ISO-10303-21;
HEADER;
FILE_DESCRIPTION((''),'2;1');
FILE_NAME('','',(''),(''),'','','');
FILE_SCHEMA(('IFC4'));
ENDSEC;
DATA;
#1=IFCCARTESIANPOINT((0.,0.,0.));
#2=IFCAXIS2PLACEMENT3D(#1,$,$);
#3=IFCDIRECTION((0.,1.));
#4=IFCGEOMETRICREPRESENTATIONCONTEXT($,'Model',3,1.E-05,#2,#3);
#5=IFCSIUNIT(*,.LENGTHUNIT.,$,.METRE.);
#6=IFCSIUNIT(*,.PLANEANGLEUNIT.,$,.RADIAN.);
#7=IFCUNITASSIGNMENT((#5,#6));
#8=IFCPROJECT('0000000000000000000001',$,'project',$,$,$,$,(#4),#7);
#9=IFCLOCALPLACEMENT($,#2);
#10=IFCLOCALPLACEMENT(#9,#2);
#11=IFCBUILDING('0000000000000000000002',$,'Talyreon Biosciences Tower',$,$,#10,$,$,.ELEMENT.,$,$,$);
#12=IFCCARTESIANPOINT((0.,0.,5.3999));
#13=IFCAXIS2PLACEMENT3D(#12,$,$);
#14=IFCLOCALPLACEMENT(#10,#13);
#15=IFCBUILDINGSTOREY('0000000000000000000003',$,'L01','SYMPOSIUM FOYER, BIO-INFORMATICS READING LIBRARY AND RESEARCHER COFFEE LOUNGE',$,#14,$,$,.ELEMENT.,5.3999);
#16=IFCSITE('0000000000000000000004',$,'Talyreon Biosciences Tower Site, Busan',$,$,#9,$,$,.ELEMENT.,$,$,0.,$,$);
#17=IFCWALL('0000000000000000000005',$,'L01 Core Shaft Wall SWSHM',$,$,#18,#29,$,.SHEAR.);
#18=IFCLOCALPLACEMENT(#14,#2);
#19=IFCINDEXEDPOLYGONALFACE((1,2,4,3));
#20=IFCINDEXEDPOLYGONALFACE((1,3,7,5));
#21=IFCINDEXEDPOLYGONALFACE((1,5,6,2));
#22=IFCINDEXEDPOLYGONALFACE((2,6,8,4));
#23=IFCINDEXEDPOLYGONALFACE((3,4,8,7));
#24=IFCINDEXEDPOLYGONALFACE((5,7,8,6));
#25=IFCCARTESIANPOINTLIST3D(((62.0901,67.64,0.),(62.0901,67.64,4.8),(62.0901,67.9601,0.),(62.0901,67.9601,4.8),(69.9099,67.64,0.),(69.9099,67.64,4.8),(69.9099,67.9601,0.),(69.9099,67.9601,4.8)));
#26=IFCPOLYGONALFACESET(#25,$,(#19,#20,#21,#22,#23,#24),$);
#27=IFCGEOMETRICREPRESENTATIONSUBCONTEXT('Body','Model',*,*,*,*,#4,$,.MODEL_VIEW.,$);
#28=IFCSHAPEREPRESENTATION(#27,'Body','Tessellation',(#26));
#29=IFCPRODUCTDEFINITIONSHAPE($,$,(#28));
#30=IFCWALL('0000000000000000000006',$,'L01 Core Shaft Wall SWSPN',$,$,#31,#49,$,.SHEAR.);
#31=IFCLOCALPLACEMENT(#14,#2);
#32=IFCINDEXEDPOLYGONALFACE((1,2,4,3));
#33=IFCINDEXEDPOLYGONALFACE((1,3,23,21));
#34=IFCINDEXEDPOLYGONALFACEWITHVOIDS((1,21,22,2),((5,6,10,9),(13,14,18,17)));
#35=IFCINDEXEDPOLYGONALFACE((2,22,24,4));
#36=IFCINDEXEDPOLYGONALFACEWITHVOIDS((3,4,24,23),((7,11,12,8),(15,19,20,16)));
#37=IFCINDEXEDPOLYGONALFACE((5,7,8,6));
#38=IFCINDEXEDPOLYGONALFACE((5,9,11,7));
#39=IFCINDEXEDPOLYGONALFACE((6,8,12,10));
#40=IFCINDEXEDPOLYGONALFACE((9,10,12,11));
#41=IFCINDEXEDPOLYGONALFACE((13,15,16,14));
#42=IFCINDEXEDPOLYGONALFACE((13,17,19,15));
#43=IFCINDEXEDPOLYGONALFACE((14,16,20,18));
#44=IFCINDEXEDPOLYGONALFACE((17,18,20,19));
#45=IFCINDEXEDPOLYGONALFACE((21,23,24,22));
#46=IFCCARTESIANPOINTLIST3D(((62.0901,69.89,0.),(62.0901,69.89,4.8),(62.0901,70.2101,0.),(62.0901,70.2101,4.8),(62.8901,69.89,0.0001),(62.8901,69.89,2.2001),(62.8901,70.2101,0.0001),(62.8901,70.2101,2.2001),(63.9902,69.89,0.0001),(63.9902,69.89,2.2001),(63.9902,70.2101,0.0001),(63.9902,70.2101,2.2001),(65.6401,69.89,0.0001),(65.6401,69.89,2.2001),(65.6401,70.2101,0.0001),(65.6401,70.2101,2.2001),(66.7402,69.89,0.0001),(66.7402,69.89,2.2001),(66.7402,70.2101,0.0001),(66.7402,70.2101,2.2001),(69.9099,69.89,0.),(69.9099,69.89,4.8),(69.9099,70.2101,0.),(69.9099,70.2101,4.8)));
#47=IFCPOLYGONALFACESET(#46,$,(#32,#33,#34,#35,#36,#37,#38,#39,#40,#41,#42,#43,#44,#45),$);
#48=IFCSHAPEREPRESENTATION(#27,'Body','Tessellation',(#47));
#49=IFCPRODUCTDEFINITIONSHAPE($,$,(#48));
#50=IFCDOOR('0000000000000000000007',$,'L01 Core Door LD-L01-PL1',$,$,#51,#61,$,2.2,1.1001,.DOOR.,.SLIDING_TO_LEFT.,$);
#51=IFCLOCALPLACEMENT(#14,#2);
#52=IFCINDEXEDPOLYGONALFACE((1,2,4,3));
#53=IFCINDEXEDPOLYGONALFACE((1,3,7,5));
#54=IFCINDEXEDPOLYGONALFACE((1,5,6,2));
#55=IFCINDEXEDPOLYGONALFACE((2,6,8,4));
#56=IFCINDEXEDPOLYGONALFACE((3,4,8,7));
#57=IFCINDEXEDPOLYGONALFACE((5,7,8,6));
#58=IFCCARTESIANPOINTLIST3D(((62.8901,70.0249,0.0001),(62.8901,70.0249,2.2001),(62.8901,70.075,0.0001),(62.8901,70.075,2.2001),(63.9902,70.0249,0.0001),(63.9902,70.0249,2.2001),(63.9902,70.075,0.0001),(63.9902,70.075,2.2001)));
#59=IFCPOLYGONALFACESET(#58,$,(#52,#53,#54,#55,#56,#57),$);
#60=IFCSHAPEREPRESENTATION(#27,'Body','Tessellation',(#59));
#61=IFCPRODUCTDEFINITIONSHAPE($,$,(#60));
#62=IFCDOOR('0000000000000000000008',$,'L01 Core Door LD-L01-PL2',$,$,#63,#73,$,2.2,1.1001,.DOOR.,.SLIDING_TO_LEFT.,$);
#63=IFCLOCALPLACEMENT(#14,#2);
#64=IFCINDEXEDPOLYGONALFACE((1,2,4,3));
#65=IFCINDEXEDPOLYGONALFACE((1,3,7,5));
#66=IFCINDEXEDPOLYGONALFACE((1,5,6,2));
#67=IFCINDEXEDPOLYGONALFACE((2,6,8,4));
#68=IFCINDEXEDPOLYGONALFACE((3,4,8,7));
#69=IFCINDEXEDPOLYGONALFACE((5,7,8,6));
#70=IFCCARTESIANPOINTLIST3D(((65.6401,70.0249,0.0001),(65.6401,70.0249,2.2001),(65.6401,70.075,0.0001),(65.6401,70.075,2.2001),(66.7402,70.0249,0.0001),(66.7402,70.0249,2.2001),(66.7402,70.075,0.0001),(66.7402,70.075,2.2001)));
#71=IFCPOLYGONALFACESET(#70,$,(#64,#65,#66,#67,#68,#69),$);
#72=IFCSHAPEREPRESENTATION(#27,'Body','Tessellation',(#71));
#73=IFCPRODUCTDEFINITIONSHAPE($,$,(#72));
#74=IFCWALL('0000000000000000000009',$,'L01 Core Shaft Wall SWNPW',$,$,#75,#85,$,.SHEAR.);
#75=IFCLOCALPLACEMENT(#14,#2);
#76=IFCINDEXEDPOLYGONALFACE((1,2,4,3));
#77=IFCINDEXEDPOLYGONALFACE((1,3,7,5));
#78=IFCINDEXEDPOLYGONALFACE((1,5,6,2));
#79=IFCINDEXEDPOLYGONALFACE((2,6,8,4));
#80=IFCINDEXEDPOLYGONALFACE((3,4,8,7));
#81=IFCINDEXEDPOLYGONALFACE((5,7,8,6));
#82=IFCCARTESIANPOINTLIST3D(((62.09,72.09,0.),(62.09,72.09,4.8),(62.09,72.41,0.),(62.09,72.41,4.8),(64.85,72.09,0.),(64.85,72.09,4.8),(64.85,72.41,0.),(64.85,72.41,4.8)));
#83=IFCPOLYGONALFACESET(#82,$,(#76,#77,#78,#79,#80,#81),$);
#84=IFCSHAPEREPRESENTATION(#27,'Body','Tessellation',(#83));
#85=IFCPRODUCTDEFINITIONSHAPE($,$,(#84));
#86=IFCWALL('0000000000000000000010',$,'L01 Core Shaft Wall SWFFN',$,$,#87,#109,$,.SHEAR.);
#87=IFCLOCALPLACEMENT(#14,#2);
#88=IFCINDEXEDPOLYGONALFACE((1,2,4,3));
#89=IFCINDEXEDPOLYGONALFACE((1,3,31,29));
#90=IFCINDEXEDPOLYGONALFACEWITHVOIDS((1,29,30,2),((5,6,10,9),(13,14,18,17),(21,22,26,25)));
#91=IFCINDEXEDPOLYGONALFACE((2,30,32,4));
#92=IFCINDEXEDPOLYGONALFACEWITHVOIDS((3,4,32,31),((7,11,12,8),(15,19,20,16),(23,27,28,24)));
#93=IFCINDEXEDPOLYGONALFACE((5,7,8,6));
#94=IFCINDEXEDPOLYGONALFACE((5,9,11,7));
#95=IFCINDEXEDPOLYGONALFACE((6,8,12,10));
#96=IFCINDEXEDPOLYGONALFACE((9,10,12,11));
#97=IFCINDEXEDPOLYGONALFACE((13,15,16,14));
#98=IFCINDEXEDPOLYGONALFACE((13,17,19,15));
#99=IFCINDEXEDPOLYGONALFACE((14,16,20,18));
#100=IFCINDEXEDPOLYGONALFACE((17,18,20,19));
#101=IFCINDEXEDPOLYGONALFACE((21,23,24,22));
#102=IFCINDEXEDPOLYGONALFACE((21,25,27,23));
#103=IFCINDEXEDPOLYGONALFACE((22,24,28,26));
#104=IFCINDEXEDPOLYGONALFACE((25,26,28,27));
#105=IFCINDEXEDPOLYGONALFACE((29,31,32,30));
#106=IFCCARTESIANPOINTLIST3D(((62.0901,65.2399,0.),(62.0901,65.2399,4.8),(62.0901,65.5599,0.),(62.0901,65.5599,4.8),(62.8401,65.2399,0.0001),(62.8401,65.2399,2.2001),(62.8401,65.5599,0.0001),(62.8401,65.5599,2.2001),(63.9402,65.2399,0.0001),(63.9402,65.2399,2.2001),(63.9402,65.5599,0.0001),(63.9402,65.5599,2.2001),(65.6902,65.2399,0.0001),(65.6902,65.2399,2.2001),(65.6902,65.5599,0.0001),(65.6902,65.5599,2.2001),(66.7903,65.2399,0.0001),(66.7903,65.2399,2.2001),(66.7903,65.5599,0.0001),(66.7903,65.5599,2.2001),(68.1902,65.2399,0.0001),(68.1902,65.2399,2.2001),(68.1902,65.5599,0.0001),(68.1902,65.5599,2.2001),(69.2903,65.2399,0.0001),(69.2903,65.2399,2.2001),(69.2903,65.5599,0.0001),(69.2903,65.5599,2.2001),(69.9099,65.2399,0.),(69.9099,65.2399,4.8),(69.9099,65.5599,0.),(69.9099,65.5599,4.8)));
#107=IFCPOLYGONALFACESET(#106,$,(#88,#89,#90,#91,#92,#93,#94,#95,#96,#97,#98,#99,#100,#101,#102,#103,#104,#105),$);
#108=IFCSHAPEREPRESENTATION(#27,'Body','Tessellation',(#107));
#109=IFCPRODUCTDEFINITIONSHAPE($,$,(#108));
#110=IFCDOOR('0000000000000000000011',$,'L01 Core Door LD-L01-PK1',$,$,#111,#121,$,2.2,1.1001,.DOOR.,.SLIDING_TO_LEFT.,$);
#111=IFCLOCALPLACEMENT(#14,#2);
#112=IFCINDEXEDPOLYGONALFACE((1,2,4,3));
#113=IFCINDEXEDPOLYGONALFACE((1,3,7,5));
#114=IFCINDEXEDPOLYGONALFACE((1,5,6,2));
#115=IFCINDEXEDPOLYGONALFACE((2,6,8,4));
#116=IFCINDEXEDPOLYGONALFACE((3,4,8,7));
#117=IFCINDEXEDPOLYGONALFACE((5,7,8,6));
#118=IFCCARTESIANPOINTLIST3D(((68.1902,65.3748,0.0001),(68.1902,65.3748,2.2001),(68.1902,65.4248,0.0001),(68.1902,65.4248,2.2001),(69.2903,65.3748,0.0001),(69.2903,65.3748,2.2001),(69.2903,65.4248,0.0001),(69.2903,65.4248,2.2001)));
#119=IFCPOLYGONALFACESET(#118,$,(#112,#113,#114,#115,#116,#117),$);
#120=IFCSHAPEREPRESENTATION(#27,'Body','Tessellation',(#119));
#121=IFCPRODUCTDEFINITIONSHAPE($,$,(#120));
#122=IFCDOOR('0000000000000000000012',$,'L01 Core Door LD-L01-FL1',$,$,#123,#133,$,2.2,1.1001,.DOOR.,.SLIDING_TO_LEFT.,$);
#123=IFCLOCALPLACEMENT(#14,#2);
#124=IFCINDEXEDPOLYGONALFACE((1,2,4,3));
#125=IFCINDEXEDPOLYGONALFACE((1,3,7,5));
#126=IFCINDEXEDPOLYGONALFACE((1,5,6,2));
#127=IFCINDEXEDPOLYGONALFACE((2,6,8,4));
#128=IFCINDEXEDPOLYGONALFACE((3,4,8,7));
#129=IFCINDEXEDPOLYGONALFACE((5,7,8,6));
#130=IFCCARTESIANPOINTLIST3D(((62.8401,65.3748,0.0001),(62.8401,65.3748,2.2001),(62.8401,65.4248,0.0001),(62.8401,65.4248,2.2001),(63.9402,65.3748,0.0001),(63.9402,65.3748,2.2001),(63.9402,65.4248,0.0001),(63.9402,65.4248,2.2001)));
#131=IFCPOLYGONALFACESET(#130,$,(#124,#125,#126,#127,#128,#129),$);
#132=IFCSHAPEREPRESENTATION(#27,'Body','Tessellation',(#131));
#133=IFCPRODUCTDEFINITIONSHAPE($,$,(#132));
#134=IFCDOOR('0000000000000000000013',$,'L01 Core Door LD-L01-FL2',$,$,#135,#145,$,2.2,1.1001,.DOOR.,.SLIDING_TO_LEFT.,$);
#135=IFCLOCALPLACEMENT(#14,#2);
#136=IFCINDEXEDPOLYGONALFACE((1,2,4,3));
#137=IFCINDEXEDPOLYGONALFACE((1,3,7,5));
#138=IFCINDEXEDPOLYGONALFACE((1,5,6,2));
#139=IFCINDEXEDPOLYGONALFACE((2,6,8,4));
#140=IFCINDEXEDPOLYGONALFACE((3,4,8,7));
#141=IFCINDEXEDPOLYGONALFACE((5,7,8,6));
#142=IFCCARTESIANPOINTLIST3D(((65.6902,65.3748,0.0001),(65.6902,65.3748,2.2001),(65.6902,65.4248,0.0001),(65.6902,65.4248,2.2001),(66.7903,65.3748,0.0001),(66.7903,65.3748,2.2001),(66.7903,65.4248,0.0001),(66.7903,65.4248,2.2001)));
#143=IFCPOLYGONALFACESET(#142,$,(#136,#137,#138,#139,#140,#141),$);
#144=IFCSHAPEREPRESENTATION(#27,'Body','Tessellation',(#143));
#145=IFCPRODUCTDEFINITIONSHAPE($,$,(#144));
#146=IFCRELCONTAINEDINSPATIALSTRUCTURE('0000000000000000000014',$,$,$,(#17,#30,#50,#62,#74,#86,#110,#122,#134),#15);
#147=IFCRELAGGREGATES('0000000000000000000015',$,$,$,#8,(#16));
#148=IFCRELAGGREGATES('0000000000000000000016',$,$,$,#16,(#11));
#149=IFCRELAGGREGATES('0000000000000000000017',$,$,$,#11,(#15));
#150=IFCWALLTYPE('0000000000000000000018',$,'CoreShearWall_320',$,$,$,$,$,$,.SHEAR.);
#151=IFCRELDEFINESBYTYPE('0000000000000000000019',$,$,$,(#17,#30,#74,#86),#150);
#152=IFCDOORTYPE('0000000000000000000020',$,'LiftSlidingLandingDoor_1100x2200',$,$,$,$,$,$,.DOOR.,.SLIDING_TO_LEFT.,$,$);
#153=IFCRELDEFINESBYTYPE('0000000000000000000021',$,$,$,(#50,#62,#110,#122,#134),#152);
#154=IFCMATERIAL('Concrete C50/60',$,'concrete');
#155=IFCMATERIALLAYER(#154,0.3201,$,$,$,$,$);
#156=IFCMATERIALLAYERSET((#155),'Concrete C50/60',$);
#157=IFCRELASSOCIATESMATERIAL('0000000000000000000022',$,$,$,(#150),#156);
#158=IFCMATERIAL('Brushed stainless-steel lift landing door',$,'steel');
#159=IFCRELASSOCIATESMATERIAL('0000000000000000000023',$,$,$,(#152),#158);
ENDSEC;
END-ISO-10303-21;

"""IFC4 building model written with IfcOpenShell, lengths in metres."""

from ifc_helpers import new_model, si_unit, direction, frame, frame_2d, origin, place, context, subcontext, project, spatial, rectangle, extrude, material, layer, layer_set, type_object, element, fill, save


model = new_model("IFC4")

# Units and contexts
model_context = context("Model", 3, precision=1e-05, world=origin(), true_north=direction((0.0, 1.0)))
body_context = subcontext(model_context, "Body", "Model", "MODEL_VIEW")
ifc_project = project(units=[si_unit("LENGTHUNIT", "METRE"), si_unit("PLANEANGLEUNIT", "RADIAN")], contexts=[model_context])

# Site, building, storey
site_placement = place(None, origin())
site = spatial("IfcSite", under=ifc_project, at=site_placement, Name="Talyreon Biosciences Tower Site, Busan", CompositionType="ELEMENT", RefElevation=0.0)
building_placement = place(site_placement, origin())
building = spatial("IfcBuilding", under=site, at=building_placement, Name="Talyreon Biosciences Tower", CompositionType="ELEMENT")
storey_placement = place(building_placement, frame((0.0, 0.0, 5.3999)))
storey = spatial("IfcBuildingStorey", under=building, at=storey_placement, Name="L01", Description="SYMPOSIUM FOYER, BIO-INFORMATICS READING LIBRARY AND RESEARCHER COFFEE LOUNGE", CompositionType="ELEMENT", Elevation=5.3999)

# Shared definitions
ifc_material_1 = material(Name="Concrete C50/60", Category="concrete")

# Shared definitions
ifc_layer_1 = layer(ifc_material_1, 0.3201)
ifc_layer_set_1 = layer_set([ifc_layer_1], Name="Concrete C50/60")
wall_type_1 = type_object("IfcWallType", Name="CoreShearWall_320", PredefinedType="SHEAR", material=ifc_layer_set_1)

# Wall
wall_1_placement = place(storey_placement, frame((62.0901, 67.8, 0.0), z_axis=(0.0, 0.0, 1.0), x_axis=(1.0, 0.0, 0.0)))
element("IfcWall", 1, at=wall_1_placement, inside=storey, type_object=wall_type_1, Name="L01 Core Shaft Wall SWSHM", PredefinedType="SHEAR", context=body_context, shape_type="SweptSolid", body=[
    extrude(rectangle(XDim=7.8198, YDim=0.3201, at=frame_2d((3.9099, 0.0))), origin(), (0.0, 0.0, 1.0), 4.8),
])

# Wall, openings, doors
wall_2_placement = place(storey_placement, frame((62.0901, 70.05, 0.0), z_axis=(0.0, 0.0, 1.0), x_axis=(1.0, 0.0, 0.0)))
wall_2 = element("IfcWall", 2, at=wall_2_placement, inside=storey, type_object=wall_type_1, Name="L01 Core Shaft Wall SWSPN", PredefinedType="SHEAR", context=body_context, shape_type="SweptSolid", body=[
    extrude(rectangle(XDim=7.8198, YDim=0.3201, at=frame_2d((3.9099, 0.0))), origin(), (0.0, 0.0, 1.0), 4.8),
])
opening_1_placement = place(wall_2_placement, frame((0.8, 0.0, 0.0)))
opening_1 = element("IfcOpeningElement", 3, at=opening_1_placement, cuts=wall_2, PredefinedType="OPENING", context=body_context, shape_type="SweptSolid", body=[
    extrude(rectangle(XDim=1.1001, YDim=2.2, at=frame_2d((0.55, 1.1001))), frame((0.0, 0.1699, 0.0), z_axis=(0.0, -1.0, 0.0), x_axis=(1.0, 0.0, 0.0)), (0.0, 0.0, 1.0), 0.3401),
])
opening_2_placement = place(wall_2_placement, frame((3.55, 0.0, 0.0)))
opening_2 = element("IfcOpeningElement", 4, at=opening_2_placement, cuts=wall_2, PredefinedType="OPENING", context=body_context, shape_type="SweptSolid", body=[
    extrude(rectangle(XDim=1.1001, YDim=2.2, at=frame_2d((0.55, 1.1001))), frame((0.0, 0.1699, 0.0), z_axis=(0.0, -1.0, 0.0), x_axis=(1.0, 0.0, 0.0)), (0.0, 0.0, 1.0), 0.3401),
])
ifc_material_2 = material(Name="Brushed stainless-steel lift landing door", Category="steel")
door_type_1 = type_object("IfcDoorType", Name="LiftSlidingLandingDoor_1100x2200", OperationType="SLIDING_TO_LEFT", PredefinedType="DOOR", material=ifc_material_2)
door_1_placement = place(opening_1_placement, origin())
door_1 = element("IfcDoor", 5, at=door_1_placement, inside=storey, type_object=door_type_1, Name="L01 Core Door LD-L01-PL1", OperationType="SLIDING_TO_LEFT", OverallHeight=2.2, OverallWidth=1.1001, PredefinedType="DOOR", context=body_context, shape_type="SweptSolid", body=[
    extrude(rectangle(XDim=1.1001, YDim=2.2, at=frame_2d((0.55, 1.1001))), frame((0.0, 0.0249, 0.0), z_axis=(0.0, -1.0, 0.0), x_axis=(1.0, 0.0, 0.0)), (0.0, 0.0, 1.0), 0.05),
])
fill(opening_1, door_1)
door_2_placement = place(opening_2_placement, origin())
door_2 = element("IfcDoor", 6, at=door_2_placement, inside=storey, type_object=door_type_1, Name="L01 Core Door LD-L01-PL2", OperationType="SLIDING_TO_LEFT", OverallHeight=2.2, OverallWidth=1.1001, PredefinedType="DOOR", context=body_context, shape_type="SweptSolid", body=[
    extrude(rectangle(XDim=1.1001, YDim=2.2, at=frame_2d((0.55, 1.1001))), frame((0.0, 0.0249, 0.0), z_axis=(0.0, -1.0, 0.0), x_axis=(1.0, 0.0, 0.0)), (0.0, 0.0, 1.0), 0.05),
])
fill(opening_2, door_2)

# Wall
wall_3_placement = place(storey_placement, frame((62.0901, 72.25, 0.0), z_axis=(0.0, 0.0, 1.0), x_axis=(1.0, 0.0, 0.0)))
element("IfcWall", 7, at=wall_3_placement, inside=storey, type_object=wall_type_1, Name="L01 Core Shaft Wall SWNPW", PredefinedType="SHEAR", context=body_context, shape_type="SweptSolid", body=[
    extrude(rectangle(XDim=2.76, YDim=0.3201, at=frame_2d((1.3799, 0.0))), origin(), (0.0, 0.0, 1.0), 4.8),
])

# Wall, openings, doors
wall_4_placement = place(storey_placement, frame((62.0901, 65.3999, 0.0), z_axis=(0.0, 0.0, 1.0), x_axis=(1.0, 0.0, 0.0)))
wall_4 = element("IfcWall", 8, at=wall_4_placement, inside=storey, type_object=wall_type_1, Name="L01 Core Shaft Wall SWFFN", PredefinedType="SHEAR", context=body_context, shape_type="SweptSolid", body=[
    extrude(rectangle(XDim=7.8198, YDim=0.3201, at=frame_2d((3.9099, 0.0))), origin(), (0.0, 0.0, 1.0), 4.8),
])
opening_3_placement = place(wall_4_placement, frame((6.1001, 0.0, 0.0)))
opening_3 = element("IfcOpeningElement", 9, at=opening_3_placement, cuts=wall_4, PredefinedType="OPENING", context=body_context, shape_type="SweptSolid", body=[
    extrude(rectangle(XDim=1.1001, YDim=2.2, at=frame_2d((0.55, 1.1001))), frame((0.0, 0.1699, 0.0), z_axis=(0.0, -1.0, 0.0), x_axis=(1.0, 0.0, 0.0)), (0.0, 0.0, 1.0), 0.3401),
])
opening_4_placement = place(wall_4_placement, frame((0.75, 0.0, 0.0)))
opening_4 = element("IfcOpeningElement", 10, at=opening_4_placement, cuts=wall_4, PredefinedType="OPENING", context=body_context, shape_type="SweptSolid", body=[
    extrude(rectangle(XDim=1.1001, YDim=2.2, at=frame_2d((0.55, 1.1001))), frame((0.0, 0.1699, 0.0), z_axis=(0.0, -1.0, 0.0), x_axis=(1.0, 0.0, 0.0)), (0.0, 0.0, 1.0), 0.3401),
])
opening_5_placement = place(wall_4_placement, frame((3.6001, 0.0, 0.0)))
opening_5 = element("IfcOpeningElement", 11, at=opening_5_placement, cuts=wall_4, PredefinedType="OPENING", context=body_context, shape_type="SweptSolid", body=[
    extrude(rectangle(XDim=1.1001, YDim=2.2, at=frame_2d((0.55, 1.1001))), frame((0.0, 0.1699, 0.0), z_axis=(0.0, -1.0, 0.0), x_axis=(1.0, 0.0, 0.0)), (0.0, 0.0, 1.0), 0.3401),
])
door_3_placement = place(opening_3_placement, origin())
door_3 = element("IfcDoor", 12, at=door_3_placement, inside=storey, type_object=door_type_1, Name="L01 Core Door LD-L01-PK1", OperationType="SLIDING_TO_LEFT", OverallHeight=2.2, OverallWidth=1.1001, PredefinedType="DOOR", context=body_context, shape_type="SweptSolid", body=[
    extrude(rectangle(XDim=1.1001, YDim=2.2, at=frame_2d((0.55, 1.1001))), frame((0.0, 0.0249, 0.0), z_axis=(0.0, -1.0, 0.0), x_axis=(1.0, 0.0, 0.0)), (0.0, 0.0, 1.0), 0.05),
])
fill(opening_3, door_3)
door_4_placement = place(opening_4_placement, origin())
door_4 = element("IfcDoor", 13, at=door_4_placement, inside=storey, type_object=door_type_1, Name="L01 Core Door LD-L01-FL1", OperationType="SLIDING_TO_LEFT", OverallHeight=2.2, OverallWidth=1.1001, PredefinedType="DOOR", context=body_context, shape_type="SweptSolid", body=[
    extrude(rectangle(XDim=1.1001, YDim=2.2, at=frame_2d((0.55, 1.1001))), frame((0.0, 0.0249, 0.0), z_axis=(0.0, -1.0, 0.0), x_axis=(1.0, 0.0, 0.0)), (0.0, 0.0, 1.0), 0.05),
])
fill(opening_4, door_4)
door_5_placement = place(opening_5_placement, origin())
door_5 = element("IfcDoor", 14, at=door_5_placement, inside=storey, type_object=door_type_1, Name="L01 Core Door LD-L01-FL2", OperationType="SLIDING_TO_LEFT", OverallHeight=2.2, OverallWidth=1.1001, PredefinedType="DOOR", context=body_context, shape_type="SweptSolid", body=[
    extrude(rectangle(XDim=1.1001, YDim=2.2, at=frame_2d((0.55, 1.1001))), frame((0.0, 0.0249, 0.0), z_axis=(0.0, -1.0, 0.0), x_axis=(1.0, 0.0, 0.0)), (0.0, 0.0, 1.0), 0.05),
])
fill(opening_5, door_5)

save(model, "model.ifc")
